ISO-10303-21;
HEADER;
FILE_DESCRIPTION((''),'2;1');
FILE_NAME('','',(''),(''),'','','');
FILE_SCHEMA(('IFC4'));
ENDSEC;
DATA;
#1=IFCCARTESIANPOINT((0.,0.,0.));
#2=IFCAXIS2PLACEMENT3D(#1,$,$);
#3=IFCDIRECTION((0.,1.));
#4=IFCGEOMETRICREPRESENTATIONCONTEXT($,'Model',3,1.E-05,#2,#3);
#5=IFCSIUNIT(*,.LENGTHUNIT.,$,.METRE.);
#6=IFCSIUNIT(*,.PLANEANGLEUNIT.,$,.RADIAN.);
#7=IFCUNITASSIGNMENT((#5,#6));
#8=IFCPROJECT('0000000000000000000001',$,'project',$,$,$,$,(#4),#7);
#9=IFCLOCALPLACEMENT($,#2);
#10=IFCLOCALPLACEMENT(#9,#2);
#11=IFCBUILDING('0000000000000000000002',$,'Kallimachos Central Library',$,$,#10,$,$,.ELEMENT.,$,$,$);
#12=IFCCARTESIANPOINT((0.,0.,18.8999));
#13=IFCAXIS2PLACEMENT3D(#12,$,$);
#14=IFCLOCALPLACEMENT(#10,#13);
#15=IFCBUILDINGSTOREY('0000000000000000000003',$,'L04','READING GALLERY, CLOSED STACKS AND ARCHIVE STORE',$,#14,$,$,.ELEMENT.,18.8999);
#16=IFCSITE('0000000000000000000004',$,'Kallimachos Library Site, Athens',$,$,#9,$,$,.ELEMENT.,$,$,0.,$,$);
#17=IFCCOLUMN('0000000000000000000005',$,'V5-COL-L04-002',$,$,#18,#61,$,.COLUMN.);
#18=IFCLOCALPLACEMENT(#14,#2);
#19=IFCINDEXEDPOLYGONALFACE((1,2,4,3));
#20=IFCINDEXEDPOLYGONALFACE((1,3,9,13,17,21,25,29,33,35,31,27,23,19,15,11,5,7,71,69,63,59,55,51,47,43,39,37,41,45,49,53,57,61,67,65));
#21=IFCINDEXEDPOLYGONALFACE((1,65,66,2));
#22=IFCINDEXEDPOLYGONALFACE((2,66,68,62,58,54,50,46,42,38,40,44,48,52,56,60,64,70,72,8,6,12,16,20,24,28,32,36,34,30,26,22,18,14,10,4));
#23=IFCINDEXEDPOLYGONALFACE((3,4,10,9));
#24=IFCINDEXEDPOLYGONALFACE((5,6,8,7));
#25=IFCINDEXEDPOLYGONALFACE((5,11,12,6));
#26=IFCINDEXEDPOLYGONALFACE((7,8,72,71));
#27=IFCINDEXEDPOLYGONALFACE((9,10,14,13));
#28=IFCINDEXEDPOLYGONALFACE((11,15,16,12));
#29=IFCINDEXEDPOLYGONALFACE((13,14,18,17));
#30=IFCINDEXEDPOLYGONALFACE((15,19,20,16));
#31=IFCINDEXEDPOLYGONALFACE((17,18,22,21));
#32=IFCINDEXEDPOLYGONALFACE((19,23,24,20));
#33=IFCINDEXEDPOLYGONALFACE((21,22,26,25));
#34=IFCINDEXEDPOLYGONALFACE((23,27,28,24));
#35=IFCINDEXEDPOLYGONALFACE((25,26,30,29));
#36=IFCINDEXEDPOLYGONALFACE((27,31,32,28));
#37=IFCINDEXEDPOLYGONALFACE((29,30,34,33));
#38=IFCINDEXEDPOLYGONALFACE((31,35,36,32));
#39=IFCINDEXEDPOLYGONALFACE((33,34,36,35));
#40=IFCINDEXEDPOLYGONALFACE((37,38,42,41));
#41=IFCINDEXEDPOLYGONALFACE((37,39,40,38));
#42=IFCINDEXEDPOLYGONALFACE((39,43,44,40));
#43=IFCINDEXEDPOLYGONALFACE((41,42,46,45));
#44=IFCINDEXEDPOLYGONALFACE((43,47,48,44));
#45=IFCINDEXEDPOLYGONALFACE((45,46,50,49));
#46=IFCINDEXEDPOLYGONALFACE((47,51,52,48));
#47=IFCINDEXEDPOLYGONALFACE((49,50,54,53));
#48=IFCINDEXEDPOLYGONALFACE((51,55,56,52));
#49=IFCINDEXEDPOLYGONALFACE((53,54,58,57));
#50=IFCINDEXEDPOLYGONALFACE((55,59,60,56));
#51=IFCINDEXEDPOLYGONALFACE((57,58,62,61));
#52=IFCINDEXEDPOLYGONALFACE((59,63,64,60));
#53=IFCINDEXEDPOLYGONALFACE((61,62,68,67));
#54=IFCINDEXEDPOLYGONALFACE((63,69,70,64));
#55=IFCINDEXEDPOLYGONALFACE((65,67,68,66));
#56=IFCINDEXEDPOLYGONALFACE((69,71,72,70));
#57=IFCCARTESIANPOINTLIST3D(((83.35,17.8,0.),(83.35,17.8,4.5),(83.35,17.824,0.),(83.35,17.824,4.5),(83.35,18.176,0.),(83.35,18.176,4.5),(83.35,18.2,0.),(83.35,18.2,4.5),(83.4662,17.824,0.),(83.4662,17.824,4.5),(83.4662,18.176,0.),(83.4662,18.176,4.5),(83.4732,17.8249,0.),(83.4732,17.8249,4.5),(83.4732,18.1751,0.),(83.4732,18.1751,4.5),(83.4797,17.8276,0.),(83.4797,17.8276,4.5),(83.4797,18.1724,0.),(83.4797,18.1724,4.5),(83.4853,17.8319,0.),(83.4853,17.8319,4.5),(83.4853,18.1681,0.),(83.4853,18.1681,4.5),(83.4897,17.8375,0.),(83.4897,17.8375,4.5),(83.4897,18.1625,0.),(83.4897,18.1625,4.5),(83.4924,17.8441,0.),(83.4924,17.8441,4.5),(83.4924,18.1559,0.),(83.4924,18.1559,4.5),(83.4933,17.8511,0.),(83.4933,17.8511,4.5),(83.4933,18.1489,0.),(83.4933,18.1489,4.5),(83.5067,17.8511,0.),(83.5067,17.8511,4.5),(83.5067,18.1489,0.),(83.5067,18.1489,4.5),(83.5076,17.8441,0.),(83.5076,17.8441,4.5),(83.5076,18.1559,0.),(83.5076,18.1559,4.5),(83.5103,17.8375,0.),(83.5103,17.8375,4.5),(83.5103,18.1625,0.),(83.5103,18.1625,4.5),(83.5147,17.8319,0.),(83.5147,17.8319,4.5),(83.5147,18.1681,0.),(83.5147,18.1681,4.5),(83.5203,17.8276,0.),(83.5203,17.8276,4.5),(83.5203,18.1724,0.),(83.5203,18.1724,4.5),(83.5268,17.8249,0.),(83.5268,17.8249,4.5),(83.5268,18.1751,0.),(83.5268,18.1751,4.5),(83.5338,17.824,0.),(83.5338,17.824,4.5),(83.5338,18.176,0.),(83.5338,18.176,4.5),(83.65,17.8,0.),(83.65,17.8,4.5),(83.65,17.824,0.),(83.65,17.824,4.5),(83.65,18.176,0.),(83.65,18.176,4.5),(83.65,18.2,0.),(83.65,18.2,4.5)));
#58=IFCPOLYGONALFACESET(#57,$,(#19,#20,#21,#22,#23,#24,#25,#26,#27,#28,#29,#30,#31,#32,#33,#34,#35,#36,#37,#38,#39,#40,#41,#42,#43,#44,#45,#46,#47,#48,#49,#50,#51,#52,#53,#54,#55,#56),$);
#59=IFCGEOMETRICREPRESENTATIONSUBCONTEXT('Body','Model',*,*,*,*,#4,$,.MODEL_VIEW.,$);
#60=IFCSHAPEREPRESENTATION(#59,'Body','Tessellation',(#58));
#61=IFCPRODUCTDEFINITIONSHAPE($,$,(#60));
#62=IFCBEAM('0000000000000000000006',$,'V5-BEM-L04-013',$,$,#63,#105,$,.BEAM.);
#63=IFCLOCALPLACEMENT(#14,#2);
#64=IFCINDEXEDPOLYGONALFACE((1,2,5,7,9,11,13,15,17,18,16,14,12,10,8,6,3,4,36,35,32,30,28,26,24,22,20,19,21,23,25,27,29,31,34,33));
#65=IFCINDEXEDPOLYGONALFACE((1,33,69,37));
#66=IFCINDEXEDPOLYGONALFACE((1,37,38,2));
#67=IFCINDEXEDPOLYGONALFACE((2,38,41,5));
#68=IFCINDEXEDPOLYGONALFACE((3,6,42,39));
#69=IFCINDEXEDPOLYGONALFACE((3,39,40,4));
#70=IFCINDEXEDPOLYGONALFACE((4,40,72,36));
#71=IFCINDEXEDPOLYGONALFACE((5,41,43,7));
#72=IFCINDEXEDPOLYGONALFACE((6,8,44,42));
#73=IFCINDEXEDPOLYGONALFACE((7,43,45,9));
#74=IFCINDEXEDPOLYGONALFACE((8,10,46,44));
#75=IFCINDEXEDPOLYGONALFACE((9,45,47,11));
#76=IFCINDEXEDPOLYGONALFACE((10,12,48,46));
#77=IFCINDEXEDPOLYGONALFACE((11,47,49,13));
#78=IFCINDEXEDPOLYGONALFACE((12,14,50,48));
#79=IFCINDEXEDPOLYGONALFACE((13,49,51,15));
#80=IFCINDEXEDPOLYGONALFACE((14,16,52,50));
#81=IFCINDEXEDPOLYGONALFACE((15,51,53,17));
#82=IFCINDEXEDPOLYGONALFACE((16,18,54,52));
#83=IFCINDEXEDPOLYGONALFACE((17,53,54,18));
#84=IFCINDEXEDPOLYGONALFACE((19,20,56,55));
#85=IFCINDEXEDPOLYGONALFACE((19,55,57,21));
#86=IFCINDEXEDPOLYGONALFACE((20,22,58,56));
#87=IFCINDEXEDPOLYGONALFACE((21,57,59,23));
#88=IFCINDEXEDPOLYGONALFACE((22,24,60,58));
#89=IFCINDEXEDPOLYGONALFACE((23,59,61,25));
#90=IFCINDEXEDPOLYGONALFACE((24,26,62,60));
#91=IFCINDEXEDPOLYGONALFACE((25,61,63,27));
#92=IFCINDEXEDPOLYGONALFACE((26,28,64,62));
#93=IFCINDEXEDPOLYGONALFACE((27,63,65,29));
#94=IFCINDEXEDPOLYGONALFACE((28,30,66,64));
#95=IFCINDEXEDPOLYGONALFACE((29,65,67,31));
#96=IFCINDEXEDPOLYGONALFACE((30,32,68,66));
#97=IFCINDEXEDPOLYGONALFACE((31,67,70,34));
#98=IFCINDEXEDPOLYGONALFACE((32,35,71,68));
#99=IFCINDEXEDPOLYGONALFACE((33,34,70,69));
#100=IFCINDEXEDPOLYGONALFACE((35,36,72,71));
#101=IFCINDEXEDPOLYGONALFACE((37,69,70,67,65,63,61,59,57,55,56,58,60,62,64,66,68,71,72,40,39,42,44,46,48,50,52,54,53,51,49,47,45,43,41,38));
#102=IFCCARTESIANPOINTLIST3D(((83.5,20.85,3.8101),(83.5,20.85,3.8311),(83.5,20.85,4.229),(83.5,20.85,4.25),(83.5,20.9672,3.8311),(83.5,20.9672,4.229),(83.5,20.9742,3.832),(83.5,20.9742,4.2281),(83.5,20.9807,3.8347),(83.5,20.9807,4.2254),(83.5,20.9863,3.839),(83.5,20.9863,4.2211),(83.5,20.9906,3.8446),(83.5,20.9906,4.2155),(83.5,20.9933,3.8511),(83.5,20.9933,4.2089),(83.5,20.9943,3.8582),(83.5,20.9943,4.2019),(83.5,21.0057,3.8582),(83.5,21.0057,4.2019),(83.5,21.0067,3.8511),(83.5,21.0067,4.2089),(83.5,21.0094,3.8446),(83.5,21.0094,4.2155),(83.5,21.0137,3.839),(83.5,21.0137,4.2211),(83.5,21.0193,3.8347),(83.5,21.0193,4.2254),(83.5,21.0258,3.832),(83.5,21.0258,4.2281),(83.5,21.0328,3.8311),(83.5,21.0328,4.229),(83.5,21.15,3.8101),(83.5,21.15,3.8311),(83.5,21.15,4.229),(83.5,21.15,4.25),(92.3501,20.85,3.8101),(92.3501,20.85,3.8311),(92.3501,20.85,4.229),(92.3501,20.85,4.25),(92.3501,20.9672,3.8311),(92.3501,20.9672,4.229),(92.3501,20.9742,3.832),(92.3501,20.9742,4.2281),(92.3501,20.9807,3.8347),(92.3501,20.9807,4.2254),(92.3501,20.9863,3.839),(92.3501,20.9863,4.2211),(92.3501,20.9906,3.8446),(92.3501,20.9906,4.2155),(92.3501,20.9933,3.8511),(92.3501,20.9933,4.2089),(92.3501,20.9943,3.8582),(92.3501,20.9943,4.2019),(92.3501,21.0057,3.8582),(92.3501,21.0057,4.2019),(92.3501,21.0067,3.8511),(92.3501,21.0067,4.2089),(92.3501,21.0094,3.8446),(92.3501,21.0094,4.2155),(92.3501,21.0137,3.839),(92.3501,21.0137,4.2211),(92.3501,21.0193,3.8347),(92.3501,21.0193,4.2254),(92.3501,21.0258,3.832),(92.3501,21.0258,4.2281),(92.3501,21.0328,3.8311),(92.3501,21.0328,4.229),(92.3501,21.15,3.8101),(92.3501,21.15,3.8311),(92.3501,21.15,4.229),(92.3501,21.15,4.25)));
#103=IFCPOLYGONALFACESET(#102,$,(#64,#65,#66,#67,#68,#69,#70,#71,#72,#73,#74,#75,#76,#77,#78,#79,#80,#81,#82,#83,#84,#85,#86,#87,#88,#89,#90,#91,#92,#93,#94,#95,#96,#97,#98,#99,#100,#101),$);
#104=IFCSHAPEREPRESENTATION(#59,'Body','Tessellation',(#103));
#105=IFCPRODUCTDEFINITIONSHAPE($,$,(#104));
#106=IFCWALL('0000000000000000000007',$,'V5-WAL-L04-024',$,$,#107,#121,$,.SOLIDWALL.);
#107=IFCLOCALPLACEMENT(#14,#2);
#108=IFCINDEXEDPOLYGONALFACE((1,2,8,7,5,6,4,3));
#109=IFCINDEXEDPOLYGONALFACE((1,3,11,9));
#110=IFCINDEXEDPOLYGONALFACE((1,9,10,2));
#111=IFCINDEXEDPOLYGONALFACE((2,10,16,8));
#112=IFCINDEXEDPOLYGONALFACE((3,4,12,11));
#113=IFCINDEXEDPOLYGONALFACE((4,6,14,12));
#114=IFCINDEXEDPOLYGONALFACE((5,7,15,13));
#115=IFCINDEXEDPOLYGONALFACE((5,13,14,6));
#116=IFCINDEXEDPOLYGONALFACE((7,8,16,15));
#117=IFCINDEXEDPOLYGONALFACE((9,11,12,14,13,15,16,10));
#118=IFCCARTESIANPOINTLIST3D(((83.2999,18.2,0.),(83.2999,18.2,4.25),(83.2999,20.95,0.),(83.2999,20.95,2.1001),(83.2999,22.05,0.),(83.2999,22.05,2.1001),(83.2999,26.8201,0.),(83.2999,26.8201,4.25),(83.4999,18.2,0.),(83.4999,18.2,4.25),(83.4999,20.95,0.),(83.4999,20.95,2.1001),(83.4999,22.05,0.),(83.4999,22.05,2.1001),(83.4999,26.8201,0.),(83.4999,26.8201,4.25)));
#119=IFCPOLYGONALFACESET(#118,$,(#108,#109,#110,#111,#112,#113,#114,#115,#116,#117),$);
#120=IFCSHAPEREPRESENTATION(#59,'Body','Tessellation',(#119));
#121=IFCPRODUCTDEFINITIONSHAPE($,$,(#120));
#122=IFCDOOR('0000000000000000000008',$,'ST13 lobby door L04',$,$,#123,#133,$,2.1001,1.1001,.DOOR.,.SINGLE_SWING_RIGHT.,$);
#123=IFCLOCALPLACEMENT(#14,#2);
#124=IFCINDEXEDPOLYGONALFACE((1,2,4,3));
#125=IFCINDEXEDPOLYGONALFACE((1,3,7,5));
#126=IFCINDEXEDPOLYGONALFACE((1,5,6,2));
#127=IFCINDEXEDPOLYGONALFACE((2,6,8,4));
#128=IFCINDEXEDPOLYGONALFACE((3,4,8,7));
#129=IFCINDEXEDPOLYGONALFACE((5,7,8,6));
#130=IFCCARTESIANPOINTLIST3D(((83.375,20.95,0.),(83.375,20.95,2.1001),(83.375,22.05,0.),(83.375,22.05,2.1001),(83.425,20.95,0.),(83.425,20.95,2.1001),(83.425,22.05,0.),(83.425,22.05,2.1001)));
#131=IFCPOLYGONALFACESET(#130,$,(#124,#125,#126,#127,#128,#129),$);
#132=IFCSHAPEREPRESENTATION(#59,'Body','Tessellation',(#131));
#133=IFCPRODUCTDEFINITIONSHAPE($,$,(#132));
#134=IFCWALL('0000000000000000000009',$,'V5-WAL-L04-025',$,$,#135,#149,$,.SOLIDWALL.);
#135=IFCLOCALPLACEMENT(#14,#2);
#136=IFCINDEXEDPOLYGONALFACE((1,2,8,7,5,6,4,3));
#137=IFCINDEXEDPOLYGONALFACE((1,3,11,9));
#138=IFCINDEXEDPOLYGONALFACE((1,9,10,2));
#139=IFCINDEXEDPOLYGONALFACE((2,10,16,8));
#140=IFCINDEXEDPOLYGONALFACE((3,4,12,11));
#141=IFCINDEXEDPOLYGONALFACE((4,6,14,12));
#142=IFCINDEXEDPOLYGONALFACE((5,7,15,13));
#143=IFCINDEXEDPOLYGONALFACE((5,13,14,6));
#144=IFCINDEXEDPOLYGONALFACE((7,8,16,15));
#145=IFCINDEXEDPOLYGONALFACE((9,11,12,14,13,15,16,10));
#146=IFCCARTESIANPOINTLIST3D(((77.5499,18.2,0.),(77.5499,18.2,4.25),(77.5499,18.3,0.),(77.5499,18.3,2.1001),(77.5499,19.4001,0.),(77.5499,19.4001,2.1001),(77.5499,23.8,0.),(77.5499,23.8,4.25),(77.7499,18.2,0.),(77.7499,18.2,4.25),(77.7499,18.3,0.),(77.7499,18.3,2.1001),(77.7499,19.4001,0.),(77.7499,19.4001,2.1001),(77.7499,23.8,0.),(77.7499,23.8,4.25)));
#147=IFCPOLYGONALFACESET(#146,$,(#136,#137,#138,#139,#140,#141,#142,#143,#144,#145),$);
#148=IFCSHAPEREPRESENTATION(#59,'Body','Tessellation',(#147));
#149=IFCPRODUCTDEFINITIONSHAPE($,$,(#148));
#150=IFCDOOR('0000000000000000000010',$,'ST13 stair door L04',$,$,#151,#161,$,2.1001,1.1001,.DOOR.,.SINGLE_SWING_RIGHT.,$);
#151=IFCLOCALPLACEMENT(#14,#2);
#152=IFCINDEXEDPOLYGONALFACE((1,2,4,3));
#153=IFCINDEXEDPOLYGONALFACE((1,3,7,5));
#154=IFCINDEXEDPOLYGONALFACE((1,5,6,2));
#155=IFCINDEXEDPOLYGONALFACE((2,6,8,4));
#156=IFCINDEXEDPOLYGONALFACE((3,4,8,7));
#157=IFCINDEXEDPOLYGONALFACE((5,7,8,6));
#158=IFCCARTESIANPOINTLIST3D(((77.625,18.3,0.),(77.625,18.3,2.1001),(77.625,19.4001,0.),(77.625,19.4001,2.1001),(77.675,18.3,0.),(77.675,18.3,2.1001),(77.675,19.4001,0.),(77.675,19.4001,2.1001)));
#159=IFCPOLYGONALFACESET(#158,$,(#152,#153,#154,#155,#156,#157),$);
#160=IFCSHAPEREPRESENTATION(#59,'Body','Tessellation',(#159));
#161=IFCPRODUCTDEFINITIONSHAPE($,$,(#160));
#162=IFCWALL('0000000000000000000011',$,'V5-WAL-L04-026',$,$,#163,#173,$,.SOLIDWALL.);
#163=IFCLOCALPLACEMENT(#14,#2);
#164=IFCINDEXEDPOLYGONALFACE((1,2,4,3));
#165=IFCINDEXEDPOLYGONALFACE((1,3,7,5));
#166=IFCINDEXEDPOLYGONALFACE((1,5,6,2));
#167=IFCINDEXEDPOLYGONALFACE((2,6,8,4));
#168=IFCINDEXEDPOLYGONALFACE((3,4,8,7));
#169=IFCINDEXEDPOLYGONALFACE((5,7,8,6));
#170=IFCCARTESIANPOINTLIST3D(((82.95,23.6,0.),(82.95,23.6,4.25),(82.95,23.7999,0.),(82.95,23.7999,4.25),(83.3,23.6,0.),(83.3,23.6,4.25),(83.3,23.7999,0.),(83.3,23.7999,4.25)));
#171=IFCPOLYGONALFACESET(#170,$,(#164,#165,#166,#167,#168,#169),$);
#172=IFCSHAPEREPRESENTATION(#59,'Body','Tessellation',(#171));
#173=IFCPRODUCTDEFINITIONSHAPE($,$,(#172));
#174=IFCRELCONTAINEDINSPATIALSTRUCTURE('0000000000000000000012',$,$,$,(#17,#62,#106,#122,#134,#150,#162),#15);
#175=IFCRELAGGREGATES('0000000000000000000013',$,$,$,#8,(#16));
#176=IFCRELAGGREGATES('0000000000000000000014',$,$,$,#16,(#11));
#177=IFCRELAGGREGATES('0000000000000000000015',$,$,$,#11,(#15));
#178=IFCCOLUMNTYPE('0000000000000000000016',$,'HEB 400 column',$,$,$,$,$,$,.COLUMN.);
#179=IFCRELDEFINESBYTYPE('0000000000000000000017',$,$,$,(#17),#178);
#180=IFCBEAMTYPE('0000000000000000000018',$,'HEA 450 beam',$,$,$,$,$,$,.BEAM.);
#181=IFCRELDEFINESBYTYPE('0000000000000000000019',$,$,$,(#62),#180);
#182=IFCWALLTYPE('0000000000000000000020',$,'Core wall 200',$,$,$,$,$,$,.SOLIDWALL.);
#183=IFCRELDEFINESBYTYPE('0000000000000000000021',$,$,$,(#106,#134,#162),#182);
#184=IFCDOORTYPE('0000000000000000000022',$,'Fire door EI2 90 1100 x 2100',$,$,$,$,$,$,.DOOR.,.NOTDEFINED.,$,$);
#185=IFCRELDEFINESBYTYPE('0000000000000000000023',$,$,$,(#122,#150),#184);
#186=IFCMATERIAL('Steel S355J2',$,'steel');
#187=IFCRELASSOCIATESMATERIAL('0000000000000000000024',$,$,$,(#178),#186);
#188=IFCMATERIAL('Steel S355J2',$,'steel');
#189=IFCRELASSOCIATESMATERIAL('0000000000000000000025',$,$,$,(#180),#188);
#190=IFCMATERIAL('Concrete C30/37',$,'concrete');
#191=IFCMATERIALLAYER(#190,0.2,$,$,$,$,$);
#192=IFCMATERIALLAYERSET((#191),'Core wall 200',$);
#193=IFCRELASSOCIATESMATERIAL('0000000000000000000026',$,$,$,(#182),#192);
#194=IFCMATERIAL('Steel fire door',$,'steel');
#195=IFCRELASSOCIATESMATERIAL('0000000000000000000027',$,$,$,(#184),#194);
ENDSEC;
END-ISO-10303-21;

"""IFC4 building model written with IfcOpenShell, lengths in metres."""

from ifc_helpers import new_model, si_unit, direction, frame, frame_2d, origin, origin_2d, place, context, subcontext, project, spatial, rectangle, i_section, extrude, material, layer, layer_set, material_profile, profile_set, type_object, element, fill, save


model = new_model("IFC4")

# Units and contexts
model_context = context("Model", 3, precision=1e-05, world=origin(), true_north=direction((0.0, 1.0)))
body_context = subcontext(model_context, "Body", "Model", "MODEL_VIEW")
ifc_project = project(units=[si_unit("LENGTHUNIT", "METRE"), si_unit("PLANEANGLEUNIT", "RADIAN")], contexts=[model_context])

# Site, building, storey
site_placement = place(None, origin())
site = spatial("IfcSite", under=ifc_project, at=site_placement, Name="Kallimachos Library Site, Athens", CompositionType="ELEMENT", RefElevation=0.0)
building_placement = place(site_placement, origin())
building = spatial("IfcBuilding", under=site, at=building_placement, Name="Kallimachos Central Library", CompositionType="ELEMENT")
storey_placement = place(building_placement, frame((0.0, 0.0, 18.8999)))
storey = spatial("IfcBuildingStorey", under=building, at=storey_placement, Name="L04", Description="READING GALLERY, CLOSED STACKS AND ARCHIVE STORE", CompositionType="ELEMENT", Elevation=18.8999)

# Column
ifc_material_1 = material(Name="Steel S355J2", Category="steel")
ifc_material_profile_1 = material_profile(ifc_material_1, i_section(OverallWidth=0.3, OverallDepth=0.3999, WebThickness=0.0134, FlangeThickness=0.0239, FilletRadius=0.0271, at=origin_2d()), Name="HEB 400")
ifc_profile_set_1 = profile_set([ifc_material_profile_1], Name="Steel S355J2")
column_type = type_object("IfcColumnType", Name="HEB 400 column", PredefinedType="COLUMN", material=ifc_profile_set_1)
column_placement = place(storey_placement, frame((83.5, 18.0, 0.0), z_axis=(0.0, 0.0, 1.0), x_axis=(1.0, 0.0, 0.0)))
element("IfcColumn", 1, at=column_placement, inside=storey, type_object=column_type, Name="V5-COL-L04-002", PredefinedType="COLUMN", context=body_context, shape_type="SweptSolid", body=[
    extrude(i_section(OverallWidth=0.3, OverallDepth=0.3999, WebThickness=0.0134, FlangeThickness=0.0239, FilletRadius=0.0271, at=origin_2d()), origin(), (0.0, 0.0, 1.0), 4.5),
])

# Beam
ifc_material_2 = material(Name="Steel S355J2", Category="steel")
ifc_material_profile_2 = material_profile(ifc_material_2, i_section(OverallWidth=0.3, OverallDepth=0.4399, WebThickness=0.0115, FlangeThickness=0.021, FilletRadius=0.0271, at=origin_2d()), Name="HEA 450")
ifc_profile_set_2 = profile_set([ifc_material_profile_2], Name="Steel S355J2")
beam_type = type_object("IfcBeamType", Name="HEA 450 beam", PredefinedType="BEAM", material=ifc_profile_set_2)
beam_placement = place(storey_placement, frame((83.5, 21.0, 4.03), z_axis=(1.0, 0.0, 0.0), x_axis=(0.0, 1.0, 0.0)))
element("IfcBeam", 2, at=beam_placement, inside=storey, type_object=beam_type, Name="V5-BEM-L04-013", PredefinedType="BEAM", context=body_context, shape_type="SweptSolid", body=[
    extrude(i_section(OverallWidth=0.3, OverallDepth=0.4399, WebThickness=0.0115, FlangeThickness=0.021, FilletRadius=0.0271, at=origin_2d()), origin(), (0.0, 0.0, 1.0), 8.8501),
])

# Walls, openings, doors
ifc_material_3 = material(Name="Concrete C30/37", Category="concrete")
ifc_layer_1 = layer(ifc_material_3, 0.2)
ifc_layer_set_1 = layer_set([ifc_layer_1], Name="Core wall 200")
wall_type_1 = type_object("IfcWallType", Name="Core wall 200", PredefinedType="SOLIDWALL", material=ifc_layer_set_1)
wall_1_placement = place(storey_placement, frame((83.3999, 18.2, 0.0), z_axis=(0.0, 0.0, 1.0), x_axis=(0.0, 1.0, 0.0)))
wall_1 = element("IfcWall", 3, at=wall_1_placement, inside=storey, type_object=wall_type_1, Name="V5-WAL-L04-024", PredefinedType="SOLIDWALL", context=body_context, shape_type="SweptSolid", body=[
    extrude(rectangle(XDim=8.6201, YDim=0.2, at=frame_2d((4.3101, 0.0))), origin(), (0.0, 0.0, 1.0), 4.25),
])
opening_1_placement = place(wall_1_placement, frame((2.75, 0.0, 0.0)))
opening_1 = element("IfcOpeningElement", 4, at=opening_1_placement, cuts=wall_1, PredefinedType="OPENING", context=body_context, shape_type="SweptSolid", body=[
    extrude(rectangle(XDim=1.1001, YDim=2.1001, at=frame_2d((0.55, 1.05))), frame((0.0, 0.1099, 0.0), z_axis=(0.0, -1.0, 0.0), x_axis=(1.0, 0.0, 0.0)), (0.0, 0.0, 1.0), 0.22),
])
ifc_material_4 = material(Name="Steel fire door", Category="steel")
door_type = type_object("IfcDoorType", Name="Fire door EI2 90 1100 x 2100", OperationType="NOTDEFINED", PredefinedType="DOOR", material=ifc_material_4)
door_1_placement = place(opening_1_placement, origin())
door_1 = element("IfcDoor", 5, at=door_1_placement, inside=storey, type_object=door_type, Name="ST13 lobby door L04", OperationType="SINGLE_SWING_RIGHT", OverallHeight=2.1001, OverallWidth=1.1001, PredefinedType="DOOR", context=body_context, shape_type="SweptSolid", body=[
    extrude(rectangle(XDim=1.1001, YDim=2.1001, at=frame_2d((0.55, 1.05))), frame((0.0, 0.0249, 0.0), z_axis=(0.0, -1.0, 0.0), x_axis=(1.0, 0.0, 0.0)), (0.0, 0.0, 1.0), 0.05),
])
fill(opening_1, door_1)
wall_2_placement = place(storey_placement, frame((77.6499, 18.2, 0.0), z_axis=(0.0, 0.0, 1.0), x_axis=(0.0, 1.0, 0.0)))
wall_2 = element("IfcWall", 6, at=wall_2_placement, inside=storey, type_object=wall_type_1, Name="V5-WAL-L04-025", PredefinedType="SOLIDWALL", context=body_context, shape_type="SweptSolid", body=[
    extrude(rectangle(XDim=5.6001, YDim=0.2, at=frame_2d((2.8, 0.0))), origin(), (0.0, 0.0, 1.0), 4.25),
])
opening_2_placement = place(wall_2_placement, frame((0.1001, 0.0, 0.0)))
opening_2 = element("IfcOpeningElement", 7, at=opening_2_placement, cuts=wall_2, PredefinedType="OPENING", context=body_context, shape_type="SweptSolid", body=[
    extrude(rectangle(XDim=1.1001, YDim=2.1001, at=frame_2d((0.55, 1.05))), frame((0.0, 0.1099, 0.0), z_axis=(0.0, -1.0, 0.0), x_axis=(1.0, 0.0, 0.0)), (0.0, 0.0, 1.0), 0.22),
])
door_2_placement = place(opening_2_placement, origin())
door_2 = element("IfcDoor", 8, at=door_2_placement, inside=storey, type_object=door_type, Name="ST13 stair door L04", OperationType="SINGLE_SWING_RIGHT", OverallHeight=2.1001, OverallWidth=1.1001, PredefinedType="DOOR", context=body_context, shape_type="SweptSolid", body=[
    extrude(rectangle(XDim=1.1001, YDim=2.1001, at=frame_2d((0.55, 1.05))), frame((0.0, 0.0249, 0.0), z_axis=(0.0, -1.0, 0.0), x_axis=(1.0, 0.0, 0.0)), (0.0, 0.0, 1.0), 0.05),
])
fill(opening_2, door_2)

# Wall
wall_3_placement = place(storey_placement, frame((82.95, 23.7, 0.0), z_axis=(0.0, 0.0, 1.0), x_axis=(1.0, 0.0, 0.0)))
element("IfcWall", 9, at=wall_3_placement, inside=storey, type_object=wall_type_1, Name="V5-WAL-L04-026", PredefinedType="SOLIDWALL", context=body_context, shape_type="SweptSolid", body=[
    extrude(rectangle(XDim=0.3501, YDim=0.2, at=frame_2d((0.175, 0.0))), origin(), (0.0, 0.0, 1.0), 4.25),
])

save(model, "model.ifc")
